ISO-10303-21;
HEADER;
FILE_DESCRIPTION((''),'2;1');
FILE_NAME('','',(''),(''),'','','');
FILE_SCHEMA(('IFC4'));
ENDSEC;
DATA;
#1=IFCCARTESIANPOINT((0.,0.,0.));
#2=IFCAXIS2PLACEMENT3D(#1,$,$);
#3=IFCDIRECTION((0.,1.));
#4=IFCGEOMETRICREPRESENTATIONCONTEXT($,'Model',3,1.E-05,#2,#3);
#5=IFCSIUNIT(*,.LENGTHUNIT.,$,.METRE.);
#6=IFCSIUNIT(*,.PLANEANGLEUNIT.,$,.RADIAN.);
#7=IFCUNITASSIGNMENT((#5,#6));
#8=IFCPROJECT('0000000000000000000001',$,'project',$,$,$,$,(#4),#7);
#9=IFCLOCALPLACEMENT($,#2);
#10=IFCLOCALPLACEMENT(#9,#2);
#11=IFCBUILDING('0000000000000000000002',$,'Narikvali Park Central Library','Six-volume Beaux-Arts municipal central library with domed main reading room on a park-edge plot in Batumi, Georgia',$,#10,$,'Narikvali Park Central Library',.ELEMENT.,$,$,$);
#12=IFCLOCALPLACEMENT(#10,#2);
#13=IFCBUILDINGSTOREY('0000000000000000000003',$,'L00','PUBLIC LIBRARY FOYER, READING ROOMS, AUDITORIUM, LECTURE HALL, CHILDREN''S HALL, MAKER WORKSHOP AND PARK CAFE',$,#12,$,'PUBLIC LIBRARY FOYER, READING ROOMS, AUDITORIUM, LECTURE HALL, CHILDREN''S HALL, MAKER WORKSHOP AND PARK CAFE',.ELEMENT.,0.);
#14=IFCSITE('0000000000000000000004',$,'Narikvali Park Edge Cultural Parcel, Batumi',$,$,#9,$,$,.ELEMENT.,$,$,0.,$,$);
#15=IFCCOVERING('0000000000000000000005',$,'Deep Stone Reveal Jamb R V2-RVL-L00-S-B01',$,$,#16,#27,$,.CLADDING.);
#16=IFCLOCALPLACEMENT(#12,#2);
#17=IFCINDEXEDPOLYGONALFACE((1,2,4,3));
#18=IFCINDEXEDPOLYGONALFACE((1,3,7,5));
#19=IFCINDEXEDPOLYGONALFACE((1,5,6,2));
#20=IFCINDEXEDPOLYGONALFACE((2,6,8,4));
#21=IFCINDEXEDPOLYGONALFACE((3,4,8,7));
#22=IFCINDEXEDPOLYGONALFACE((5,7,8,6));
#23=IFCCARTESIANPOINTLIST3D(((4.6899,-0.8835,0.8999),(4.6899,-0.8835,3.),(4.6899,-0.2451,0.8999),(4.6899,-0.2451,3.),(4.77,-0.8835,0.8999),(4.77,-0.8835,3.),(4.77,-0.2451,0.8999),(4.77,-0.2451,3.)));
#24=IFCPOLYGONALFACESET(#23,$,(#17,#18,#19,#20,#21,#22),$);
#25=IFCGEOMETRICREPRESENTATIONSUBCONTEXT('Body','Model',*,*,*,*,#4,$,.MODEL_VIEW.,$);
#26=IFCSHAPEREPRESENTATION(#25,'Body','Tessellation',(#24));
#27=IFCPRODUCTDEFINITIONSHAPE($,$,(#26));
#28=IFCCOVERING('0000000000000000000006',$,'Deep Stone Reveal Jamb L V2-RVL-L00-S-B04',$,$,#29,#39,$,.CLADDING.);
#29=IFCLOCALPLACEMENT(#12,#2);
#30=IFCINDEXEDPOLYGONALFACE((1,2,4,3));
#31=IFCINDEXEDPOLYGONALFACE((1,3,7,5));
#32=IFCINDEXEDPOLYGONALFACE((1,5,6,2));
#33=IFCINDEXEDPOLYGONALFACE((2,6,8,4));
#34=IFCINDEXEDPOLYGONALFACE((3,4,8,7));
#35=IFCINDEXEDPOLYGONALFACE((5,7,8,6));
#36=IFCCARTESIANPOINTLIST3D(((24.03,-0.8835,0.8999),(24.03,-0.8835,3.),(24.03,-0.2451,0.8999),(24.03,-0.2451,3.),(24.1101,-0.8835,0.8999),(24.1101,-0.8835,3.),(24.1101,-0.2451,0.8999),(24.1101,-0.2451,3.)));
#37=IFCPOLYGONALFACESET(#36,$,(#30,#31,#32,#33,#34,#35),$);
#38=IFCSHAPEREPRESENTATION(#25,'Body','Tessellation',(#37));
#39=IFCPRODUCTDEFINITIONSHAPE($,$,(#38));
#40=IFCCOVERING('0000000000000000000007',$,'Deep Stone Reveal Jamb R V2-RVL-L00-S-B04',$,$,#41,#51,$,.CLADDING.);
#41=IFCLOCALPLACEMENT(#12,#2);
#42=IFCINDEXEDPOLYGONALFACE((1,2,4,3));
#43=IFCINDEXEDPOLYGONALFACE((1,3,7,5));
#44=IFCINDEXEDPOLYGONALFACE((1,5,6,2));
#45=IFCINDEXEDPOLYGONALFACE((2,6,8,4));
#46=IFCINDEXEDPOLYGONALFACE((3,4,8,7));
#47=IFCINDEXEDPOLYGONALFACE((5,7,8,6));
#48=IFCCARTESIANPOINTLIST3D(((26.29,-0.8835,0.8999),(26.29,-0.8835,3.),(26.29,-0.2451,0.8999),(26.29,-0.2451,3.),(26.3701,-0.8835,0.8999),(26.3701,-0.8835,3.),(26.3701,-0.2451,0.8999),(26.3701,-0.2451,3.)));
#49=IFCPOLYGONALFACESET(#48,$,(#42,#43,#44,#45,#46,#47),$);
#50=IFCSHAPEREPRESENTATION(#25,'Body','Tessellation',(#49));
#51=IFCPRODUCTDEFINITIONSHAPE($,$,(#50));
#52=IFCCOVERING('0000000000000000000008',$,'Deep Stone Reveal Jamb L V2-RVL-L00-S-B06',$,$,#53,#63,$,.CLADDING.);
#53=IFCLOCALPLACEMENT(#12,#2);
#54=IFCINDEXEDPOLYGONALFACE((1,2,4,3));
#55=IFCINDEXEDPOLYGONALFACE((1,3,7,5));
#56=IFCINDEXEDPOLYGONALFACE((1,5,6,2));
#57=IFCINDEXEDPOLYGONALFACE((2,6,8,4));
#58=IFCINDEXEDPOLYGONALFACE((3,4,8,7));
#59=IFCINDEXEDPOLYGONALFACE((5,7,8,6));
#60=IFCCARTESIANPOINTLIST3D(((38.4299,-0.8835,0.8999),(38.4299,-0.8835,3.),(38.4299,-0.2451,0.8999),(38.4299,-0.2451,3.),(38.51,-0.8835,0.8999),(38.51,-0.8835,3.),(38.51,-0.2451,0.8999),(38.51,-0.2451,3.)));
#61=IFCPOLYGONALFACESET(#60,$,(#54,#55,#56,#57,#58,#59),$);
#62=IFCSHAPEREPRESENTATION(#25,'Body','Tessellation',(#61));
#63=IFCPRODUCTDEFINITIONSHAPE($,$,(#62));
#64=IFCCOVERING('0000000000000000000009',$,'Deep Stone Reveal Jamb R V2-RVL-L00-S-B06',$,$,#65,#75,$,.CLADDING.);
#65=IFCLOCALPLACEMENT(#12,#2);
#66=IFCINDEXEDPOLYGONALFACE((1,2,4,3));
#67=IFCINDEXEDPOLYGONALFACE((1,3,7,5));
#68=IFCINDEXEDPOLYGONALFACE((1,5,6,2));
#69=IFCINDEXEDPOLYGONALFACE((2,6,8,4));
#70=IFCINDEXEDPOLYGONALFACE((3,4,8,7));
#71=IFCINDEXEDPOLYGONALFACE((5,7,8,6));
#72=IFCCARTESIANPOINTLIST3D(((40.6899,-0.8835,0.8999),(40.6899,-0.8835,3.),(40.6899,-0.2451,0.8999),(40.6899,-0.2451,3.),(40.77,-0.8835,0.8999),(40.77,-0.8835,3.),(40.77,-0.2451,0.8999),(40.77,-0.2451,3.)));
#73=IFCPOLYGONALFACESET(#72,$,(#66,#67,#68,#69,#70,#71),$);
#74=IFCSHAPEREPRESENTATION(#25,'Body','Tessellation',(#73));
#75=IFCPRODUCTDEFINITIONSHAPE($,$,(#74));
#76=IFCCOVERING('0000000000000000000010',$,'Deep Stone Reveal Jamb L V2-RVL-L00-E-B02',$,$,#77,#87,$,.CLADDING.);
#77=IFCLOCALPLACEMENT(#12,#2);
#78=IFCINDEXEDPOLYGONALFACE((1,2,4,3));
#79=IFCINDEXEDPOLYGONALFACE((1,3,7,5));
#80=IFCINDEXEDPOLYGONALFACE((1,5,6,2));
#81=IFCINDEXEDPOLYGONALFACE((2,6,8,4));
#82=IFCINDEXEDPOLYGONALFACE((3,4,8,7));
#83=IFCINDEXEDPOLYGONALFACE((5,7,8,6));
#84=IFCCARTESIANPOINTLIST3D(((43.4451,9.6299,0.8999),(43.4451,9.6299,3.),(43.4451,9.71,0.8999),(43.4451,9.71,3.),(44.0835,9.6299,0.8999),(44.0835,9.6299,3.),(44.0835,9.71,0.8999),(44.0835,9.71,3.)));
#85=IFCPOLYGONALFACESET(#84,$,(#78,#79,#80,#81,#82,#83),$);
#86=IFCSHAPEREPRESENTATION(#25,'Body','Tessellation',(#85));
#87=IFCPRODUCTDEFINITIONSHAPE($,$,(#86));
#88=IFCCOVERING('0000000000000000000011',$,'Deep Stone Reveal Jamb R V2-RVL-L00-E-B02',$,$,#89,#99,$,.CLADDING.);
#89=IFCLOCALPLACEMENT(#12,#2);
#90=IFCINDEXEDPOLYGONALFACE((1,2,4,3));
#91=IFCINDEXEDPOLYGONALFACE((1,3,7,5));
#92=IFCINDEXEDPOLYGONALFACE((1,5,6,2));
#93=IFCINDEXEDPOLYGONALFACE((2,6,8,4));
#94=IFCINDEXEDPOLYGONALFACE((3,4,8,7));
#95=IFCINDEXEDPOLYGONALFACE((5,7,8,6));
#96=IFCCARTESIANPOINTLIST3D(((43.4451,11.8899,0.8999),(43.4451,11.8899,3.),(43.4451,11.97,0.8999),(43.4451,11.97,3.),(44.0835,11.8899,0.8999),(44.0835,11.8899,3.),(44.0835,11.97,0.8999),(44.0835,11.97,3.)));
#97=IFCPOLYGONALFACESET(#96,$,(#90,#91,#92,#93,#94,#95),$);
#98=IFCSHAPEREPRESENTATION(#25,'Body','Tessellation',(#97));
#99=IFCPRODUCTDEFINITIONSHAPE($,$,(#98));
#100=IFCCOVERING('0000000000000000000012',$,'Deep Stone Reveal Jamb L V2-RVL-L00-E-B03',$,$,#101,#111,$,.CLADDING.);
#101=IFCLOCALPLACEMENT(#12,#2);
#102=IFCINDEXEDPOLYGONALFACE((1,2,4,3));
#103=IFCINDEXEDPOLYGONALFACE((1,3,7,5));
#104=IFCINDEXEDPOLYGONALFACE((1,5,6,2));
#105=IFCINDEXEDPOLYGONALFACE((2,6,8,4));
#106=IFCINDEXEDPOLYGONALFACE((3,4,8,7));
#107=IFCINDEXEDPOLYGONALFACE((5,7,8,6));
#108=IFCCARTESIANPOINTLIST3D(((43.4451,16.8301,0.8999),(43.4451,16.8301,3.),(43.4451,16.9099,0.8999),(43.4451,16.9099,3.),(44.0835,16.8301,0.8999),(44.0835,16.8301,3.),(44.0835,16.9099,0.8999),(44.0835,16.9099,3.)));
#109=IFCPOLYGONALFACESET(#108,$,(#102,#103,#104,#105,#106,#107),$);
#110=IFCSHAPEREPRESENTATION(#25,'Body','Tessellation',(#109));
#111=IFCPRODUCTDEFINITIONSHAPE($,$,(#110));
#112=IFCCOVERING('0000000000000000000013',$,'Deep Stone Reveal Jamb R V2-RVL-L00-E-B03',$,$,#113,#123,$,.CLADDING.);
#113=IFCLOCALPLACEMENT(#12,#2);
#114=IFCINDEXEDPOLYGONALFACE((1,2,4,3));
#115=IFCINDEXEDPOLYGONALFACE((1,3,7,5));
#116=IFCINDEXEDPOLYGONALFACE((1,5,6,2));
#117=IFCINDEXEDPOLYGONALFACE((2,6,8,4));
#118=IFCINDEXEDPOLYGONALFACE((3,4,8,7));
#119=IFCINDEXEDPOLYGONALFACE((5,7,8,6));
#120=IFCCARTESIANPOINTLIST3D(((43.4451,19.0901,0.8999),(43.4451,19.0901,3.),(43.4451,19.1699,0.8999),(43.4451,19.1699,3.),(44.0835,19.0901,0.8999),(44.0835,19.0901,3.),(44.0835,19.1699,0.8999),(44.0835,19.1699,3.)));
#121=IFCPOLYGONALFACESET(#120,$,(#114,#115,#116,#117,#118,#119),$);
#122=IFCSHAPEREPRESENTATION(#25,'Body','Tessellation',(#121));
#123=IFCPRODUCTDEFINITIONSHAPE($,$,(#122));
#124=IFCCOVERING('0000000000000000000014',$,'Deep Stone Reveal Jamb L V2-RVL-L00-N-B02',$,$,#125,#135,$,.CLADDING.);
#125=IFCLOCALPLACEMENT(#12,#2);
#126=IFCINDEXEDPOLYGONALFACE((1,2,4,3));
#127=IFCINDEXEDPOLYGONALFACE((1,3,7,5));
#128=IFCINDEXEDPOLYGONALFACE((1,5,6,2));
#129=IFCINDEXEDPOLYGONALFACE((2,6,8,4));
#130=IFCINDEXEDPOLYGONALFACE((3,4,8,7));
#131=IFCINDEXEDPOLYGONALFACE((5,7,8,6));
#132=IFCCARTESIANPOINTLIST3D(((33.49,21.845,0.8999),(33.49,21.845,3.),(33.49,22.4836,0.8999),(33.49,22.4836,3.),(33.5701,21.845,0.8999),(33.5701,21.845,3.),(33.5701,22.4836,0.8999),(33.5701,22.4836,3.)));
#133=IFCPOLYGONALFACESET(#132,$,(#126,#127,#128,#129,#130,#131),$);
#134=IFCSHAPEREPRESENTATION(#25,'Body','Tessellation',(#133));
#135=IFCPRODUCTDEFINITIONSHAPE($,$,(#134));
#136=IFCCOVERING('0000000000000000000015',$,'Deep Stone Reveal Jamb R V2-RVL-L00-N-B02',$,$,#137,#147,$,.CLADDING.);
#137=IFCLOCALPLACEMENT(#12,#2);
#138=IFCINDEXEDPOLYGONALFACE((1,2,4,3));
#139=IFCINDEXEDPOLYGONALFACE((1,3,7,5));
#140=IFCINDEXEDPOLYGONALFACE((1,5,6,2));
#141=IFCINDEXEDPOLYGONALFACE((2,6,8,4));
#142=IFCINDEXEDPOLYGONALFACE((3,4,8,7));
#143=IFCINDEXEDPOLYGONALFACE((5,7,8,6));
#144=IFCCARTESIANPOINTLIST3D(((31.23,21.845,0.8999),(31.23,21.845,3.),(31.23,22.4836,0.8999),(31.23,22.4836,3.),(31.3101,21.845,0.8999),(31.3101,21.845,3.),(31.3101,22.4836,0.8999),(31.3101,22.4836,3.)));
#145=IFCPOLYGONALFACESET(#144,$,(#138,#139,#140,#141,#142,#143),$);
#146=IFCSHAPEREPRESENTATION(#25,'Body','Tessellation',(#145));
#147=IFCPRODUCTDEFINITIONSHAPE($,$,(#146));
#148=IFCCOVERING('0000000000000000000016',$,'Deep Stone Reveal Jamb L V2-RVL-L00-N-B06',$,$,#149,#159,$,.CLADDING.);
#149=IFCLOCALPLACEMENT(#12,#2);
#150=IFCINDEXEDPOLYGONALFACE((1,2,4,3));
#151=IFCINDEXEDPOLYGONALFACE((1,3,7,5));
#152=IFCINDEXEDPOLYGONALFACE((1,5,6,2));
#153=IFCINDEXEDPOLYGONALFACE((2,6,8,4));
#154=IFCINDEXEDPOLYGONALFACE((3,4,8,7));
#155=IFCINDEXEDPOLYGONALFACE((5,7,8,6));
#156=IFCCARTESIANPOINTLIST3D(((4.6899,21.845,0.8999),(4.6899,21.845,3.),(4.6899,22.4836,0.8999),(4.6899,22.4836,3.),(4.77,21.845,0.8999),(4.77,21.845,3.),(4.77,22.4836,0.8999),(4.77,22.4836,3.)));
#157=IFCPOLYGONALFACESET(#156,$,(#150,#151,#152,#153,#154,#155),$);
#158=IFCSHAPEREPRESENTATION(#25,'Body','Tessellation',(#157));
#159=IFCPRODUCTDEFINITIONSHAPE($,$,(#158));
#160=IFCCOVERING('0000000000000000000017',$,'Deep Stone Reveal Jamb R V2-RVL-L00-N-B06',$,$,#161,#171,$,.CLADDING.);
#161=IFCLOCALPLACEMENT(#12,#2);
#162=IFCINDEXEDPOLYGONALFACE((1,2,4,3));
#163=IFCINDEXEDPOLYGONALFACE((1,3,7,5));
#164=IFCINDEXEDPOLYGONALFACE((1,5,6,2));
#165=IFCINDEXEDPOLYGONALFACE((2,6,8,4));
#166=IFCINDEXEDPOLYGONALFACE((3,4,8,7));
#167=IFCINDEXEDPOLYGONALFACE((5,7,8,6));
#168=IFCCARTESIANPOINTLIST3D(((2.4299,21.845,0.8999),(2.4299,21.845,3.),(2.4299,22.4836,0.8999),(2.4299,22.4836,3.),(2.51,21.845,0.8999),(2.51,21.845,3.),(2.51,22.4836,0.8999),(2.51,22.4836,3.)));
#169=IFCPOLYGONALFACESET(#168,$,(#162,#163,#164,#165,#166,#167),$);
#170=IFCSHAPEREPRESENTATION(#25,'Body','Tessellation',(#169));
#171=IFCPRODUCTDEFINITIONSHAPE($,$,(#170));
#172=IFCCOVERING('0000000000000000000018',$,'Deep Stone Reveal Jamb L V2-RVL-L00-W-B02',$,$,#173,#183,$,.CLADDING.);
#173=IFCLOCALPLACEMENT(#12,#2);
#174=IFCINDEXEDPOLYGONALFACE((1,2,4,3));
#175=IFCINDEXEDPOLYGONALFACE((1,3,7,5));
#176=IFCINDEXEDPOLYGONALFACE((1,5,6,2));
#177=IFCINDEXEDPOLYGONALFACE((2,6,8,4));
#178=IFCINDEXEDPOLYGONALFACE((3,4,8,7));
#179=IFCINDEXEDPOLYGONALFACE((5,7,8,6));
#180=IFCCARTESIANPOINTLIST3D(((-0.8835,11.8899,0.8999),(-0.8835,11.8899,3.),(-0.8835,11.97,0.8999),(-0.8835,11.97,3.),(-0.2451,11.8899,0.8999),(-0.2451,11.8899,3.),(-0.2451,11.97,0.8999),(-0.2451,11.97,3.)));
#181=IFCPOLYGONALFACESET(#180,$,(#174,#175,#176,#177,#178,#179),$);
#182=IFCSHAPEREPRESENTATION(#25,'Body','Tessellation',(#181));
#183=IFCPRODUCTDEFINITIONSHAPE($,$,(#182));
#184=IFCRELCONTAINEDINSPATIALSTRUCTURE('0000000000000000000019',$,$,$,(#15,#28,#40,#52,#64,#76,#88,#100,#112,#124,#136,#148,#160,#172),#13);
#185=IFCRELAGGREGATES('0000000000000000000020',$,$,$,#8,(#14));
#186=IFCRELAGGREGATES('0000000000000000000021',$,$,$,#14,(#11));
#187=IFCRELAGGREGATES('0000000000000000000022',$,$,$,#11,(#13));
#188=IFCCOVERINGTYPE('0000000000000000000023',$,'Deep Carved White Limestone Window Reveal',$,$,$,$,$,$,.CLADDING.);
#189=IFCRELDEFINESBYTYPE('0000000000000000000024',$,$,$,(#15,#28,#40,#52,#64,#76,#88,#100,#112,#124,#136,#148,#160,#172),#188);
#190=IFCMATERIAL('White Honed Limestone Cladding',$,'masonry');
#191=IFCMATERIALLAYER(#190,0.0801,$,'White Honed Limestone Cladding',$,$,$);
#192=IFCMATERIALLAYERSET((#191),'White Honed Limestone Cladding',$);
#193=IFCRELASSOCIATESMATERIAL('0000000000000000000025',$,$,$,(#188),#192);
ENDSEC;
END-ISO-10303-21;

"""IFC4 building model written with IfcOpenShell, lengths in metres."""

from ifc_helpers import new_model, si_unit, direction, frame, origin, place, context, subcontext, project, spatial, polyline, outline, extrude, material, layer, layer_set, type_object, element, save


model = new_model("IFC4")

# Units and contexts
model_context = context("Model", 3, precision=1e-05, world=origin(), true_north=direction((0.0, 1.0)))
body_context = subcontext(model_context, "Body", "Model", "MODEL_VIEW")
ifc_project = project(units=[si_unit("LENGTHUNIT", "METRE"), si_unit("PLANEANGLEUNIT", "RADIAN")], contexts=[model_context])

# Site, building, storey
site_placement = place(None, origin())
site = spatial("IfcSite", under=ifc_project, at=site_placement, Name="Narikvali Park Edge Cultural Parcel, Batumi", CompositionType="ELEMENT", RefElevation=0.0)
building_placement = place(site_placement, origin())
building = spatial("IfcBuilding", under=site, at=building_placement, Name="Narikvali Park Central Library", Description="Six-volume Beaux-Arts municipal central library with domed main reading room on a park-edge plot in Batumi, Georgia", LongName="Narikvali Park Central Library", CompositionType="ELEMENT")
storey_placement = place(building_placement, origin())
storey = spatial("IfcBuildingStorey", under=building, at=storey_placement, Name="L00", Description="PUBLIC LIBRARY FOYER, READING ROOMS, AUDITORIUM, LECTURE HALL, CHILDREN'S HALL, MAKER WORKSHOP AND PARK CAFE", LongName="PUBLIC LIBRARY FOYER, READING ROOMS, AUDITORIUM, LECTURE HALL, CHILDREN'S HALL, MAKER WORKSHOP AND PARK CAFE", CompositionType="ELEMENT", Elevation=0.0)

# Coverings
ifc_material = material(Name="White Honed Limestone Cladding", Category="masonry")
ifc_layer = layer(ifc_material, 0.0801, Name="White Honed Limestone Cladding")
ifc_layer_set = layer_set([ifc_layer], Name="White Honed Limestone Cladding")
covering_type = type_object("IfcCoveringType", Name="Deep Carved White Limestone Window Reveal", PredefinedType="CLADDING", material=ifc_layer_set)
covering_1_placement = place(storey_placement, frame((0.0, 0.0, 0.8999)))
element("IfcCovering", 1, at=covering_1_placement, inside=storey, type_object=covering_type, Name="Deep Stone Reveal Jamb R V2-RVL-L00-S-B01", PredefinedType="CLADDING", context=body_context, shape_type="SweptSolid", body=[
    extrude(outline(polyline([(4.6899, -0.2451), (4.77, -0.2451), (4.77, -0.8835), (4.6899, -0.8835), (4.6899, -0.2451)])), origin(), (0.0, 0.0, 1.0), 2.1001),
])
covering_2_placement = place(storey_placement, frame((0.0, 0.0, 0.8999)))
element("IfcCovering", 2, at=covering_2_placement, inside=storey, type_object=covering_type, Name="Deep Stone Reveal Jamb L V2-RVL-L00-S-B04", PredefinedType="CLADDING", context=body_context, shape_type="SweptSolid", body=[
    extrude(outline(polyline([(24.03, -0.2451), (24.1101, -0.2451), (24.1101, -0.8835), (24.03, -0.8835), (24.03, -0.2451)])), origin(), (0.0, 0.0, 1.0), 2.1001),
])
covering_3_placement = place(storey_placement, frame((0.0, 0.0, 0.8999)))
element("IfcCovering", 3, at=covering_3_placement, inside=storey, type_object=covering_type, Name="Deep Stone Reveal Jamb R V2-RVL-L00-S-B04", PredefinedType="CLADDING", context=body_context, shape_type="SweptSolid", body=[
    extrude(outline(polyline([(26.29, -0.2451), (26.3701, -0.2451), (26.3701, -0.8835), (26.29, -0.8835), (26.29, -0.2451)])), origin(), (0.0, 0.0, 1.0), 2.1001),
])
covering_4_placement = place(storey_placement, frame((0.0, 0.0, 0.8999)))
element("IfcCovering", 4, at=covering_4_placement, inside=storey, type_object=covering_type, Name="Deep Stone Reveal Jamb L V2-RVL-L00-S-B06", PredefinedType="CLADDING", context=body_context, shape_type="SweptSolid", body=[
    extrude(outline(polyline([(38.4299, -0.2451), (38.51, -0.2451), (38.51, -0.8835), (38.4299, -0.8835), (38.4299, -0.2451)])), origin(), (0.0, 0.0, 1.0), 2.1001),
])
covering_5_placement = place(storey_placement, frame((0.0, 0.0, 0.8999)))
element("IfcCovering", 5, at=covering_5_placement, inside=storey, type_object=covering_type, Name="Deep Stone Reveal Jamb R V2-RVL-L00-S-B06", PredefinedType="CLADDING", context=body_context, shape_type="SweptSolid", body=[
    extrude(outline(polyline([(40.6899, -0.2451), (40.77, -0.2451), (40.77, -0.8835), (40.6899, -0.8835), (40.6899, -0.2451)])), origin(), (0.0, 0.0, 1.0), 2.1001),
])
covering_6_placement = place(storey_placement, frame((0.0, 0.0, 0.8999)))
element("IfcCovering", 6, at=covering_6_placement, inside=storey, type_object=covering_type, Name="Deep Stone Reveal Jamb L V2-RVL-L00-E-B02", PredefinedType="CLADDING", context=body_context, shape_type="SweptSolid", body=[
    extrude(outline(polyline([(43.4451, 9.6299), (43.4451, 9.71), (44.0835, 9.71), (44.0835, 9.6299), (43.4451, 9.6299)])), origin(), (0.0, 0.0, 1.0), 2.1001),
])
covering_7_placement = place(storey_placement, frame((0.0, 0.0, 0.8999)))
element("IfcCovering", 7, at=covering_7_placement, inside=storey, type_object=covering_type, Name="Deep Stone Reveal Jamb R V2-RVL-L00-E-B02", PredefinedType="CLADDING", context=body_context, shape_type="SweptSolid", body=[
    extrude(outline(polyline([(43.4451, 11.8899), (43.4451, 11.97), (44.0835, 11.97), (44.0835, 11.8899), (43.4451, 11.8899)])), origin(), (0.0, 0.0, 1.0), 2.1001),
])
covering_8_placement = place(storey_placement, frame((0.0, 0.0, 0.8999)))
element("IfcCovering", 8, at=covering_8_placement, inside=storey, type_object=covering_type, Name="Deep Stone Reveal Jamb L V2-RVL-L00-E-B03", PredefinedType="CLADDING", context=body_context, shape_type="SweptSolid", body=[
    extrude(outline(polyline([(43.4451, 16.8301), (43.4451, 16.9099), (44.0835, 16.9099), (44.0835, 16.8301), (43.4451, 16.8301)])), origin(), (0.0, 0.0, 1.0), 2.1001),
])
covering_9_placement = place(storey_placement, frame((0.0, 0.0, 0.8999)))
element("IfcCovering", 9, at=covering_9_placement, inside=storey, type_object=covering_type, Name="Deep Stone Reveal Jamb R V2-RVL-L00-E-B03", PredefinedType="CLADDING", context=body_context, shape_type="SweptSolid", body=[
    extrude(outline(polyline([(43.4451, 19.0901), (43.4451, 19.1699), (44.0835, 19.1699), (44.0835, 19.0901), (43.4451, 19.0901)])), origin(), (0.0, 0.0, 1.0), 2.1001),
])
covering_10_placement = place(storey_placement, frame((0.0, 0.0, 0.8999)))
element("IfcCovering", 10, at=covering_10_placement, inside=storey, type_object=covering_type, Name="Deep Stone Reveal Jamb L V2-RVL-L00-N-B02", PredefinedType="CLADDING", context=body_context, shape_type="SweptSolid", body=[
    extrude(outline(polyline([(33.5701, 21.845), (33.49, 21.845), (33.49, 22.4836), (33.5701, 22.4836), (33.5701, 21.845)])), origin(), (0.0, 0.0, 1.0), 2.1001),
])
covering_11_placement = place(storey_placement, frame((0.0, 0.0, 0.8999)))
element("IfcCovering", 11, at=covering_11_placement, inside=storey, type_object=covering_type, Name="Deep Stone Reveal Jamb R V2-RVL-L00-N-B02", PredefinedType="CLADDING", context=body_context, shape_type="SweptSolid", body=[
    extrude(outline(polyline([(31.3101, 21.845), (31.23, 21.845), (31.23, 22.4836), (31.3101, 22.4836), (31.3101, 21.845)])), origin(), (0.0, 0.0, 1.0), 2.1001),
])
covering_12_placement = place(storey_placement, frame((0.0, 0.0, 0.8999)))
element("IfcCovering", 12, at=covering_12_placement, inside=storey, type_object=covering_type, Name="Deep Stone Reveal Jamb L V2-RVL-L00-N-B06", PredefinedType="CLADDING", context=body_context, shape_type="SweptSolid", body=[
    extrude(outline(polyline([(4.77, 21.845), (4.6899, 21.845), (4.6899, 22.4836), (4.77, 22.4836), (4.77, 21.845)])), origin(), (0.0, 0.0, 1.0), 2.1001),
])
covering_13_placement = place(storey_placement, frame((0.0, 0.0, 0.8999)))
element("IfcCovering", 13, at=covering_13_placement, inside=storey, type_object=covering_type, Name="Deep Stone Reveal Jamb R V2-RVL-L00-N-B06", PredefinedType="CLADDING", context=body_context, shape_type="SweptSolid", body=[
    extrude(outline(polyline([(2.51, 21.845), (2.4299, 21.845), (2.4299, 22.4836), (2.51, 22.4836), (2.51, 21.845)])), origin(), (0.0, 0.0, 1.0), 2.1001),
])
covering_14_placement = place(storey_placement, frame((0.0, 0.0, 0.8999)))
element("IfcCovering", 14, at=covering_14_placement, inside=storey, type_object=covering_type, Name="Deep Stone Reveal Jamb L V2-RVL-L00-W-B02", PredefinedType="CLADDING", context=body_context, shape_type="SweptSolid", body=[
    extrude(outline(polyline([(-0.2451, 11.97), (-0.2451, 11.8899), (-0.8835, 11.8899), (-0.8835, 11.97), (-0.2451, 11.97)])), origin(), (0.0, 0.0, 1.0), 2.1001),
])

save(model, "model.ifc")
